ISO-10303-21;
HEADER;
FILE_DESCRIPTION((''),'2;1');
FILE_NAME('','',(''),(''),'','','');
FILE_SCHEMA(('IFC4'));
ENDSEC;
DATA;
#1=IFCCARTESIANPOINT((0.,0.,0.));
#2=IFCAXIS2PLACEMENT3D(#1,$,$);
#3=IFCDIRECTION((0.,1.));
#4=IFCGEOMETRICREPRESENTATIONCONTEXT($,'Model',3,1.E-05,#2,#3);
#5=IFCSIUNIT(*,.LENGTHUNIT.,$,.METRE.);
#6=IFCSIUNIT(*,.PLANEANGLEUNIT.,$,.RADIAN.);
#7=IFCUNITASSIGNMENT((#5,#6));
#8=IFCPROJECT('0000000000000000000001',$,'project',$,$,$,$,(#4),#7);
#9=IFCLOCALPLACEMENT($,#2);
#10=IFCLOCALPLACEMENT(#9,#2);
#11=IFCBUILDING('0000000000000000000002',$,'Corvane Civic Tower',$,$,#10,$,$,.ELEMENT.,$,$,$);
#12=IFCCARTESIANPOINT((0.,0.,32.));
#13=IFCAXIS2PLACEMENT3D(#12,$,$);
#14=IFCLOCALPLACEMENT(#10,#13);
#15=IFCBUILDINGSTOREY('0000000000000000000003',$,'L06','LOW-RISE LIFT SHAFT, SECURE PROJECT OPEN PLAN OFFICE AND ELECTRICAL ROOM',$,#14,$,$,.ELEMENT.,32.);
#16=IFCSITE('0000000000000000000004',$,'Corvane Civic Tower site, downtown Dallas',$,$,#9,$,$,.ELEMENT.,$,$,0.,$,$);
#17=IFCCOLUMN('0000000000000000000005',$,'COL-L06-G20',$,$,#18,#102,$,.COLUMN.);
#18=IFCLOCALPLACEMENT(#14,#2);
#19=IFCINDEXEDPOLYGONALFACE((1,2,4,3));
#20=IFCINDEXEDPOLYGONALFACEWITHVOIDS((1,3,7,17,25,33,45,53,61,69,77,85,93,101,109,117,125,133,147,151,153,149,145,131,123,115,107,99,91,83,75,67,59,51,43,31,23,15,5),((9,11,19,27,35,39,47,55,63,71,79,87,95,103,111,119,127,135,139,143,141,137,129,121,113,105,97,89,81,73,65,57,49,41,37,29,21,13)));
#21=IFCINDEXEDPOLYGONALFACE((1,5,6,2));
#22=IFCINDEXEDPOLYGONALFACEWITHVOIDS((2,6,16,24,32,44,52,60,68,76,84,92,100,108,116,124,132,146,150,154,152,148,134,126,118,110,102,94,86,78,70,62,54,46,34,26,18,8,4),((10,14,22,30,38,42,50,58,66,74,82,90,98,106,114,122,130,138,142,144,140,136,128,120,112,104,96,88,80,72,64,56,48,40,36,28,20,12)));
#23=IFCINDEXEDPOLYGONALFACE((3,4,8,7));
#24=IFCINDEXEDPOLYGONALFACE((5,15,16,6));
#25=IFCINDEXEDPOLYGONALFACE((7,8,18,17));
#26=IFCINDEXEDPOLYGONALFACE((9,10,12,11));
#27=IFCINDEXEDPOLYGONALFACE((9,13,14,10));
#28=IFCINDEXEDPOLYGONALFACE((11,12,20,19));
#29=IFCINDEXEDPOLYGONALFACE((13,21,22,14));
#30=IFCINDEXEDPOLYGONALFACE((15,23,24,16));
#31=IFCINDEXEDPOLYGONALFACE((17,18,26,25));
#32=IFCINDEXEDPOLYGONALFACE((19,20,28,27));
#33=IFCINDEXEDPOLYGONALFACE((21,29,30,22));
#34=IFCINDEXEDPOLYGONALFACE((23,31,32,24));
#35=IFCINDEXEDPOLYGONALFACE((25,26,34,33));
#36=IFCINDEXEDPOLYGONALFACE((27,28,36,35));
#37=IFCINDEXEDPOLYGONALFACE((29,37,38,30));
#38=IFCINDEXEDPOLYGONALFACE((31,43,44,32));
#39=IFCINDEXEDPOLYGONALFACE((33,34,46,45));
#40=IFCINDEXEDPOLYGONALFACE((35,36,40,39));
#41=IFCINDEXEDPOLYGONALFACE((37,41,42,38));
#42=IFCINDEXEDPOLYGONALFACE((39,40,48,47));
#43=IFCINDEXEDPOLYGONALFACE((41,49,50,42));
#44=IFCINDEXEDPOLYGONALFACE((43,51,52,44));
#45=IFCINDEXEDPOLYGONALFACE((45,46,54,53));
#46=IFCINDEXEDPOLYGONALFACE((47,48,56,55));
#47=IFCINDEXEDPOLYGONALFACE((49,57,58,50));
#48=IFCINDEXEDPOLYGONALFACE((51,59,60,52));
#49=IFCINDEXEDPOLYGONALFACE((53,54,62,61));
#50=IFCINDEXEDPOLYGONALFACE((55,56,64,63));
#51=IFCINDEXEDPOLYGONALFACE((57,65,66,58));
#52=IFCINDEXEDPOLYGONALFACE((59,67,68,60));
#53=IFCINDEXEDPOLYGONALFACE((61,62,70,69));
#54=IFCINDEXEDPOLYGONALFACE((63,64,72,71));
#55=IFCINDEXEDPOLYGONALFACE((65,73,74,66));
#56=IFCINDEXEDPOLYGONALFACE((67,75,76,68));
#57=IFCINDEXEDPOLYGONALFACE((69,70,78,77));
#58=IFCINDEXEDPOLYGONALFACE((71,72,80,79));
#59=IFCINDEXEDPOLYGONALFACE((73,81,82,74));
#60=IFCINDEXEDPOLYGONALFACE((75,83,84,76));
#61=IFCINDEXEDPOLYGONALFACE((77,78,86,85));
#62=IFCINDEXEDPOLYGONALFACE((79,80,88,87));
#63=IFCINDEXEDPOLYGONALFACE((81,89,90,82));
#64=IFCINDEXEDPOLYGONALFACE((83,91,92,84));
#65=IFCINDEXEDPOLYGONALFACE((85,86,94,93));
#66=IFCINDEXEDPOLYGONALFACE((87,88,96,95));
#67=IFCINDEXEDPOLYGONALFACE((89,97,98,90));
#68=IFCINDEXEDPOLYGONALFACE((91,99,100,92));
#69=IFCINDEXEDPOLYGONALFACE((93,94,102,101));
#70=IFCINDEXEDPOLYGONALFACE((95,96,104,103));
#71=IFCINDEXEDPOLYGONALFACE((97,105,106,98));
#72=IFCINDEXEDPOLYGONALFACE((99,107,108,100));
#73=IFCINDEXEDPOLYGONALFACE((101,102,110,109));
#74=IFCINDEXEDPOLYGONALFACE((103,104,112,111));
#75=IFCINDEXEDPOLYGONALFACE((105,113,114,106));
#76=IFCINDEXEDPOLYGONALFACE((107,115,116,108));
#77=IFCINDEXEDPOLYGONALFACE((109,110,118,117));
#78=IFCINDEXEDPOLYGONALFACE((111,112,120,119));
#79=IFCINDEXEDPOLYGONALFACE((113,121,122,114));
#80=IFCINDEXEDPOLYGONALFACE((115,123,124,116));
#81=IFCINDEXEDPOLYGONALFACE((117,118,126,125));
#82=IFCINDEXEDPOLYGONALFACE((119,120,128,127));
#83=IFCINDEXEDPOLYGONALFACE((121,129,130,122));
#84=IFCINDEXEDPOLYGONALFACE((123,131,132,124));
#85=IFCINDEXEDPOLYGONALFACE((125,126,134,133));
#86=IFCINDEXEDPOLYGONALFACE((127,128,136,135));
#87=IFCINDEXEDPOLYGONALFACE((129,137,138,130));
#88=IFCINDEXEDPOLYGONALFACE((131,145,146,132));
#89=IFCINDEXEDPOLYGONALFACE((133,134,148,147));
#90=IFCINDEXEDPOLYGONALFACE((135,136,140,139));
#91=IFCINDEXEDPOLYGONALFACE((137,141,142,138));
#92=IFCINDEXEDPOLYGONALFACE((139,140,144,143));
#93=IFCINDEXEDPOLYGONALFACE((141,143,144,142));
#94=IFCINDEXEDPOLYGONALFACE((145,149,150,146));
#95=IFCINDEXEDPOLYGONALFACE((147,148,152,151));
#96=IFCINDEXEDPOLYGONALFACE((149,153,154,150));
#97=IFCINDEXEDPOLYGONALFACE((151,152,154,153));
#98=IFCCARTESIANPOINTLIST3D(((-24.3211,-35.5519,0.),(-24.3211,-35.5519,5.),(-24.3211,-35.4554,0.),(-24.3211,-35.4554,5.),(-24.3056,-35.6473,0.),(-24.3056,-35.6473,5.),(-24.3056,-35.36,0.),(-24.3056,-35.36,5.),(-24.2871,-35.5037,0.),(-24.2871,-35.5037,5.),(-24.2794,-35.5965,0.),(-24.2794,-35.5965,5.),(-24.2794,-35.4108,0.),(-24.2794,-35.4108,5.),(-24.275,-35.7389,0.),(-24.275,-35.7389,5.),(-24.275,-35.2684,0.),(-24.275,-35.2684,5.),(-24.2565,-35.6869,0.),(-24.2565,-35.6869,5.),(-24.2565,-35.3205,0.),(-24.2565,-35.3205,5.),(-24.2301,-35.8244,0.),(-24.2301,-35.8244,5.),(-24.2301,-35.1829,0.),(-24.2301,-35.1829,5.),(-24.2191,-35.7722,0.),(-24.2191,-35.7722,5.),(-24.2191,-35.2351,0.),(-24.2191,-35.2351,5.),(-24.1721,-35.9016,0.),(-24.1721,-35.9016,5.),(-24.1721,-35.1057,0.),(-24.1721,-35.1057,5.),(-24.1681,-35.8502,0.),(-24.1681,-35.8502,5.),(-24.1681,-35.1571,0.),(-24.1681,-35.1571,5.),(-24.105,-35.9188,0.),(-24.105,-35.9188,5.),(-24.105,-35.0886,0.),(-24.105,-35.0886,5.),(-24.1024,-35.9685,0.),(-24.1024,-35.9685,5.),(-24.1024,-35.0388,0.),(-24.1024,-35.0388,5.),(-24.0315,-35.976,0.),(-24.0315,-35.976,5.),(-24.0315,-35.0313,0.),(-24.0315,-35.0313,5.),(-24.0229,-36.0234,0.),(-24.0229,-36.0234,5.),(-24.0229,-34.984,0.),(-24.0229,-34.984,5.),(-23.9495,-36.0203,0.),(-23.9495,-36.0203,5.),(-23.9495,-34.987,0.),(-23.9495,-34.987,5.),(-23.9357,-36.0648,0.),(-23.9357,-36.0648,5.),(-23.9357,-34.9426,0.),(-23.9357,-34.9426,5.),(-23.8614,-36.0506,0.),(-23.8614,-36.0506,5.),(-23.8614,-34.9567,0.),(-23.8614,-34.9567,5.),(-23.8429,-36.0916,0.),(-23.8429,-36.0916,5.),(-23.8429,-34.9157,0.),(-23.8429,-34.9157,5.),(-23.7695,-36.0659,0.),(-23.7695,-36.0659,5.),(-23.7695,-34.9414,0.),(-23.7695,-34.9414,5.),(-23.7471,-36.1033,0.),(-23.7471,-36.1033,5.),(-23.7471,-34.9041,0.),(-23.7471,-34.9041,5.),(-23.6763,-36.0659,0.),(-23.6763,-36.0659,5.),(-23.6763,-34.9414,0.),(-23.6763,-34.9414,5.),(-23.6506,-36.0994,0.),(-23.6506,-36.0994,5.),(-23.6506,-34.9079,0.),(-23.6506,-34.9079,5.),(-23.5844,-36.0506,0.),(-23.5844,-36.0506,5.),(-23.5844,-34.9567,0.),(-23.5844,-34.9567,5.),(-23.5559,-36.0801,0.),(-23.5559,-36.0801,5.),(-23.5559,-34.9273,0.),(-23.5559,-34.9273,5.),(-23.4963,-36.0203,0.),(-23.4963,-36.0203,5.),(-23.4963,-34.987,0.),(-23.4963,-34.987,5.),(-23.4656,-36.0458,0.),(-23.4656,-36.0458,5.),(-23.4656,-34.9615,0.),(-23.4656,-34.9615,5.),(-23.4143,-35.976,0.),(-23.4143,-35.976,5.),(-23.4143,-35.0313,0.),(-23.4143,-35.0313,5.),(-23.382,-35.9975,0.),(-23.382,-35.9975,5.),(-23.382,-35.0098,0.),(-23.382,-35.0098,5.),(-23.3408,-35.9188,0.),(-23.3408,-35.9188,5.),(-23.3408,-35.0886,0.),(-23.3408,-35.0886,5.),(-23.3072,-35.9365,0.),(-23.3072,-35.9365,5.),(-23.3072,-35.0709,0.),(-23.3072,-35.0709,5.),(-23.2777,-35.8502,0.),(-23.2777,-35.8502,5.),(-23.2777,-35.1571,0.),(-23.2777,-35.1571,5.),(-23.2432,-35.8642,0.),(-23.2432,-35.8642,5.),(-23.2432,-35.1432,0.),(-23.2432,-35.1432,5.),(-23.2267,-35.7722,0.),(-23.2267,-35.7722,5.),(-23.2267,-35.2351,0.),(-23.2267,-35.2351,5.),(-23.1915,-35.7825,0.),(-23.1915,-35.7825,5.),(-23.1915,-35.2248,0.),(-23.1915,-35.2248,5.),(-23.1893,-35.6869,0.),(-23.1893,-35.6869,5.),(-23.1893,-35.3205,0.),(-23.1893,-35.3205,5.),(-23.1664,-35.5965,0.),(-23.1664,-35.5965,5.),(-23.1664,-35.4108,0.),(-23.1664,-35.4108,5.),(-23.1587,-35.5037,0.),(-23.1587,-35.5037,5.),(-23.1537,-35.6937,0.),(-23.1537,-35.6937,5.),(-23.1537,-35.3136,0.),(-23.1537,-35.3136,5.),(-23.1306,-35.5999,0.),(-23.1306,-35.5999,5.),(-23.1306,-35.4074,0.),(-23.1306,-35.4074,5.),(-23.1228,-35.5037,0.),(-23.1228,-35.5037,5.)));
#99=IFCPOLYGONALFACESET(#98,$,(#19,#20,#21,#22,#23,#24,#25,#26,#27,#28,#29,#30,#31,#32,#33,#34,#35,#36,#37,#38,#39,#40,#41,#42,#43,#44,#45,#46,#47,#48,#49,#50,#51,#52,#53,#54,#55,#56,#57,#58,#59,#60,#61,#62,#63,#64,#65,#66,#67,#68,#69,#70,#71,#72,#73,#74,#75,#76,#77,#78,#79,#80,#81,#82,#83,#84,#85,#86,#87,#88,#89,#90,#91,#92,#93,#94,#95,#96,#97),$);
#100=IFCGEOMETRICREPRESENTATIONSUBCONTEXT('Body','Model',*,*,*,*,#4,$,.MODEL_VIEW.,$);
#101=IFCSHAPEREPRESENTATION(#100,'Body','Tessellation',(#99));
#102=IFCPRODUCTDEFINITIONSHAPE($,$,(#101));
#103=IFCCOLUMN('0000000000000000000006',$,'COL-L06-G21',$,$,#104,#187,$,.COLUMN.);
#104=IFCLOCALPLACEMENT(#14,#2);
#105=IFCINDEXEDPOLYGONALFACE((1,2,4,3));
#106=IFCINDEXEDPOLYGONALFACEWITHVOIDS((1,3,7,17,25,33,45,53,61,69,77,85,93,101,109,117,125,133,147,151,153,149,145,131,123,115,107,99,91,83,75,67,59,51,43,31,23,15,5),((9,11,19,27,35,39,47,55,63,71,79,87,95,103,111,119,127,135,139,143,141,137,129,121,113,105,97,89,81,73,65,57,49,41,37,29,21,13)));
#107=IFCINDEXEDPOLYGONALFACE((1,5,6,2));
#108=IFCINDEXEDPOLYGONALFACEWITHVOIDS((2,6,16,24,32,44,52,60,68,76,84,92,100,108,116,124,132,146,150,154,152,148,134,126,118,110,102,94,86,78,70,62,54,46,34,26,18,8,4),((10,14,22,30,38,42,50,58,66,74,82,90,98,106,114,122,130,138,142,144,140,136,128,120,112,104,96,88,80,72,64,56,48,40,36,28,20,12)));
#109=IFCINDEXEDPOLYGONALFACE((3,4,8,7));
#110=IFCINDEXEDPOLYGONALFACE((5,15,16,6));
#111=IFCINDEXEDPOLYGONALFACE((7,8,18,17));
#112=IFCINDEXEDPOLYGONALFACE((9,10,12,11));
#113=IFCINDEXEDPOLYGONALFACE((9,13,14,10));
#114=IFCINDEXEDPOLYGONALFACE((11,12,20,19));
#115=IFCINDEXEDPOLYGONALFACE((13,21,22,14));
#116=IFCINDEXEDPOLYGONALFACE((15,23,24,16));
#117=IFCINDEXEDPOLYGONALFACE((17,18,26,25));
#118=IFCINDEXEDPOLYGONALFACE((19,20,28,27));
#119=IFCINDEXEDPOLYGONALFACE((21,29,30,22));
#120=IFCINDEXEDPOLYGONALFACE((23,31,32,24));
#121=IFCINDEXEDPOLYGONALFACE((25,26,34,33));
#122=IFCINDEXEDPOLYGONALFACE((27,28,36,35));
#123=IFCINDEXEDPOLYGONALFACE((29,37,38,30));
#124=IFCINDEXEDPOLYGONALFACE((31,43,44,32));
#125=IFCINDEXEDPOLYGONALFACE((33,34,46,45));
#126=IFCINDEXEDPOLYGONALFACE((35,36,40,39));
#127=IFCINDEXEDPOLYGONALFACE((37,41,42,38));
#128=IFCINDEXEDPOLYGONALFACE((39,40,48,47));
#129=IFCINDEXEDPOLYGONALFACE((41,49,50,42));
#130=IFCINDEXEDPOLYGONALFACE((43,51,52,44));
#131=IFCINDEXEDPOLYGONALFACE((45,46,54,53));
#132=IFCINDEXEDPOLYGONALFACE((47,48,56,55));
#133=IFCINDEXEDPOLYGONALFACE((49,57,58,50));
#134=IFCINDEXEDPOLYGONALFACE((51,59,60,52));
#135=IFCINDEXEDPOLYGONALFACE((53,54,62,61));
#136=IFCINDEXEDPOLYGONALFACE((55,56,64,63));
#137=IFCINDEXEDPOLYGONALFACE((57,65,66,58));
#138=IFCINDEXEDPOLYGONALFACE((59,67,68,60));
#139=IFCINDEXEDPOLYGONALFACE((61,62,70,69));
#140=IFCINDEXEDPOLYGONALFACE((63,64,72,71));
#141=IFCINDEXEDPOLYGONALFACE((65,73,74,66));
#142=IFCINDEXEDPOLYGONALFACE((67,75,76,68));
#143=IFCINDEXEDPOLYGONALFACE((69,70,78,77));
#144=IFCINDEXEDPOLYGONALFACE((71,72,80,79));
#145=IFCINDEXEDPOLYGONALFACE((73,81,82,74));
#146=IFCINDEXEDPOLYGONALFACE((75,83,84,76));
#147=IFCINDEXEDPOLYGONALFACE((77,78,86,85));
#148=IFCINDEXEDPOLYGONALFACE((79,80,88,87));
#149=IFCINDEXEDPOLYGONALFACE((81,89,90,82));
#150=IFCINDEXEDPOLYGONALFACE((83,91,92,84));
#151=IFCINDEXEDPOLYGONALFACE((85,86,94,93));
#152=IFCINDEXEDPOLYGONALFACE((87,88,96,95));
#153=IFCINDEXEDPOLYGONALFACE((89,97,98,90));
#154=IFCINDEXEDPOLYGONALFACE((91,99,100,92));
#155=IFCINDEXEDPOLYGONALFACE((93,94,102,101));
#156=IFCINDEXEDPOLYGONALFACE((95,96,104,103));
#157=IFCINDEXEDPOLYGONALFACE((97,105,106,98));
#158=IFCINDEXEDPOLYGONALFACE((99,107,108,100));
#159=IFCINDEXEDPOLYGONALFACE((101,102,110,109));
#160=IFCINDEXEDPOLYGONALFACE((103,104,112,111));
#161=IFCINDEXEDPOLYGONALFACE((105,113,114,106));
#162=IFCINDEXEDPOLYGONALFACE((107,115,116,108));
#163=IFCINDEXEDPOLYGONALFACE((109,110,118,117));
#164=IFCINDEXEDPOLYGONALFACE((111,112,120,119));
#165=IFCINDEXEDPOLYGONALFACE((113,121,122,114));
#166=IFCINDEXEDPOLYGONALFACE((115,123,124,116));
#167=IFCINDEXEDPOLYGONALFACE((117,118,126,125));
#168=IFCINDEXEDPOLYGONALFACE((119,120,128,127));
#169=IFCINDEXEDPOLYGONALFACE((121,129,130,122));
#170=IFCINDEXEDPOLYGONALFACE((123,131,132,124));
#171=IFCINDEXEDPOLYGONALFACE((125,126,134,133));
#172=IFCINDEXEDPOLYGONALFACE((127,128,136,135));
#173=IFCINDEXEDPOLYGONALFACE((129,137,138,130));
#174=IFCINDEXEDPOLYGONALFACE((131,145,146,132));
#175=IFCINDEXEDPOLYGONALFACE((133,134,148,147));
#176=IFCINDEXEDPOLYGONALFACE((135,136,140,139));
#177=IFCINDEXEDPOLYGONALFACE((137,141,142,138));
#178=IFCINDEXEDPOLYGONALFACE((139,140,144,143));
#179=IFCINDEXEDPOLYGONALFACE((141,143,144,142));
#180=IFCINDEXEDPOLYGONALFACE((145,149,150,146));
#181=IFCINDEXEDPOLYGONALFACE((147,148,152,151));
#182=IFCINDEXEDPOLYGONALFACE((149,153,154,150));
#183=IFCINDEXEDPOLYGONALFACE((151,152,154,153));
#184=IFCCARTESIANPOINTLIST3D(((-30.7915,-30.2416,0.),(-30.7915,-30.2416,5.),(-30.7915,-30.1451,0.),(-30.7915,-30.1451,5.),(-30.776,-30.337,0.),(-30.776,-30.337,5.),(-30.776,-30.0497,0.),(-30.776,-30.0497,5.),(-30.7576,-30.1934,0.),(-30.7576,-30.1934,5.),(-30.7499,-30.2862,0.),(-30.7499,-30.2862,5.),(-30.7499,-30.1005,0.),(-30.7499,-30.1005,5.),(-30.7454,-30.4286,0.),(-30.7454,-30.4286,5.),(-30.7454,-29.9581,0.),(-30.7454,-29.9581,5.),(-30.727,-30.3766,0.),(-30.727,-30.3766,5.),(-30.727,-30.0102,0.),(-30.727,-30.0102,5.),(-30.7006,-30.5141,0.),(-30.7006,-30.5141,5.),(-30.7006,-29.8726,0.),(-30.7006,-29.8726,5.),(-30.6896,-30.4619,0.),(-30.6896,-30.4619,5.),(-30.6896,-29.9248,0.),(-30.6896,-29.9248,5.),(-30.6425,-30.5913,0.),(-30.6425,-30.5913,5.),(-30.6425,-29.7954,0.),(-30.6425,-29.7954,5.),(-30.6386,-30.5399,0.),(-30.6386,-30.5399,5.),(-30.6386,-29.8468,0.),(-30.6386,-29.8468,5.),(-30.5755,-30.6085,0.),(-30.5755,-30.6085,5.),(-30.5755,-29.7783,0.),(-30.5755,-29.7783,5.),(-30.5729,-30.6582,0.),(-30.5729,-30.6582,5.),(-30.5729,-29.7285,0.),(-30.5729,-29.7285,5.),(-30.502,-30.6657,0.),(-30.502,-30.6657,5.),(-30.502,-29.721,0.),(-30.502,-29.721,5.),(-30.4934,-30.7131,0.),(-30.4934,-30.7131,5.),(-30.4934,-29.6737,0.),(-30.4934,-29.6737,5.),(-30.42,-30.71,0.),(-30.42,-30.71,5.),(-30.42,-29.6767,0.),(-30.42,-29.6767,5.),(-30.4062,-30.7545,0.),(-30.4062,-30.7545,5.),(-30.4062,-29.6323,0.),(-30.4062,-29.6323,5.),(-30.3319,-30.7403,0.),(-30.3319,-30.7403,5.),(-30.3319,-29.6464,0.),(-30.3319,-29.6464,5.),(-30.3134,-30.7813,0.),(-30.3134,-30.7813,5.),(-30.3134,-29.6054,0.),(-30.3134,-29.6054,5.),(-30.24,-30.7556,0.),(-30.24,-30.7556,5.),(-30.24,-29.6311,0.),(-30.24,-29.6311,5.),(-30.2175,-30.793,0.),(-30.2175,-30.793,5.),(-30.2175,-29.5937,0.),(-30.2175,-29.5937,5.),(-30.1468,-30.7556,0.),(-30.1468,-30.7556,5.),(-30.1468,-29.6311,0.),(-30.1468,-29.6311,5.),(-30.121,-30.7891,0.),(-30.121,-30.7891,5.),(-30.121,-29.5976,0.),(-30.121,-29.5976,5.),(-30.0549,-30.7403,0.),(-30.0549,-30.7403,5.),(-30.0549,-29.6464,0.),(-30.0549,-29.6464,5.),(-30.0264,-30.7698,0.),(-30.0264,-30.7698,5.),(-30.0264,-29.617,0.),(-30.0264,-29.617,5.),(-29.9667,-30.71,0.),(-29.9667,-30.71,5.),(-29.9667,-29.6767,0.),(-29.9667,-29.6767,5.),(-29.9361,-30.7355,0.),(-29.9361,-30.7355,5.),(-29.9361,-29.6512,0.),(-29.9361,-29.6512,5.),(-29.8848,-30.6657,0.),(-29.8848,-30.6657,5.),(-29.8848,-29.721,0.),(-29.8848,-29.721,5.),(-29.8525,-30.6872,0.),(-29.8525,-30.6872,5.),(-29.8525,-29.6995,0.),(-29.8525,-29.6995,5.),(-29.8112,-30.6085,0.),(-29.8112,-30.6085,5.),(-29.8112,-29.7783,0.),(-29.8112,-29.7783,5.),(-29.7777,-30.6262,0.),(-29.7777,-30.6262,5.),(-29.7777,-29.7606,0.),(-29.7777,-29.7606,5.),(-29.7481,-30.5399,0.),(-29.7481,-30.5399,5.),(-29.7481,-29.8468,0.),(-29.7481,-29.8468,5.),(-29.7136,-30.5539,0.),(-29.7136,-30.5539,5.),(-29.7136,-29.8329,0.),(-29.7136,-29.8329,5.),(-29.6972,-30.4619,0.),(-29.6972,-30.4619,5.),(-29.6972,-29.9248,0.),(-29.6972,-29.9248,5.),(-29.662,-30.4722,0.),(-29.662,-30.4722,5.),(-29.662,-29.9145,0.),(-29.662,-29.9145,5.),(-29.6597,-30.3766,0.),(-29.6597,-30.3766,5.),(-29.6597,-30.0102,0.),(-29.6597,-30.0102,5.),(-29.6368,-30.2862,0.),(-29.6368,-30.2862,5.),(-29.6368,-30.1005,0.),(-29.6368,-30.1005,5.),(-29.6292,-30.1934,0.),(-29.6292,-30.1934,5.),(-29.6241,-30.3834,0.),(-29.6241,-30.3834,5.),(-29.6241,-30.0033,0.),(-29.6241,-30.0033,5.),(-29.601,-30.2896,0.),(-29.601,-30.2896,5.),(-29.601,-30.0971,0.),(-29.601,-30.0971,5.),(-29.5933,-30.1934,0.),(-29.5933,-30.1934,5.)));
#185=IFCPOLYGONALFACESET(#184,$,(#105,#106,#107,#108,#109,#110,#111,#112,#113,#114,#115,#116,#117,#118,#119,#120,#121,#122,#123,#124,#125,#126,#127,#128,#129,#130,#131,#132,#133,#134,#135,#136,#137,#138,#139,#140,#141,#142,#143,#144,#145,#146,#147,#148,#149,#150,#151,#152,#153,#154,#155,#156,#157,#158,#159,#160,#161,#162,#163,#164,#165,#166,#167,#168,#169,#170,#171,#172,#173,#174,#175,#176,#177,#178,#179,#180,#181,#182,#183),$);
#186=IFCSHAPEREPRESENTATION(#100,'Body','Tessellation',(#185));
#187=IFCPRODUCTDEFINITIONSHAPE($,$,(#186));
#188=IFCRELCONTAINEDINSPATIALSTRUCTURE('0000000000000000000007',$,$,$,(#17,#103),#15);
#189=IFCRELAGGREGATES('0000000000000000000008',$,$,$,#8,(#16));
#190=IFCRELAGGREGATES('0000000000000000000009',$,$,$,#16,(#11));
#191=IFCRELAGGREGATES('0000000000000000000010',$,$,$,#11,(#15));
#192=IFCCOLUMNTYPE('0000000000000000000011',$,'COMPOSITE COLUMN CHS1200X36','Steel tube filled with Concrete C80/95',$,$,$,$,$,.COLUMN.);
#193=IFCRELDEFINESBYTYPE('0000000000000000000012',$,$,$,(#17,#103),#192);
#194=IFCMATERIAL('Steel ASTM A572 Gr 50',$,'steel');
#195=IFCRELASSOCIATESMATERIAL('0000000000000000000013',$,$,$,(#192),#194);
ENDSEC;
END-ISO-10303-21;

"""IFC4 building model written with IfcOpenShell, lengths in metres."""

from ifc_helpers import new_model, si_unit, direction, frame, origin, origin_2d, place, context, subcontext, project, spatial, hollow_circle, extrude, material, material_profile, profile_set, type_object, element, save


model = new_model("IFC4")

# Units and contexts
model_context = context("Model", 3, precision=1e-05, world=origin(), true_north=direction((0.0, 1.0)))
body_context = subcontext(model_context, "Body", "Model", "MODEL_VIEW")
ifc_project = project(units=[si_unit("LENGTHUNIT", "METRE"), si_unit("PLANEANGLEUNIT", "RADIAN")], contexts=[model_context])

# Site, building, storey
site_placement = place(None, origin())
site = spatial("IfcSite", under=ifc_project, at=site_placement, Name="Corvane Civic Tower site, downtown Dallas", CompositionType="ELEMENT", RefElevation=0.0)
building_placement = place(site_placement, origin())
building = spatial("IfcBuilding", under=site, at=building_placement, Name="Corvane Civic Tower", CompositionType="ELEMENT")
storey_placement = place(building_placement, frame((0.0, 0.0, 32.0)))
storey = spatial("IfcBuildingStorey", under=building, at=storey_placement, Name="L06", Description="LOW-RISE LIFT SHAFT, SECURE PROJECT OPEN PLAN OFFICE AND ELECTRICAL ROOM", CompositionType="ELEMENT", Elevation=32.0)

# Columns
ifc_material_1 = material(Name="Steel ASTM A572 Gr 50", Category="steel")
ifc_material_profile_1 = material_profile(ifc_material_1, hollow_circle(Radius=0.6001, WallThickness=0.0359, at=origin_2d()), Name="CHS1200X36")
ifc_profile_set_1 = profile_set([ifc_material_profile_1], Name="Steel ASTM A572 Gr 50")
column_type_1 = type_object("IfcColumnType", Name="COMPOSITE COLUMN CHS1200X36", Description="Steel tube filled with Concrete C80/95", PredefinedType="COLUMN", material=ifc_profile_set_1)
for number, where, z_axis, x_axis, name in (
    (1, (-23.7229, -35.5037, 0.0), (0.0, 0.0, 1.0), (1.0, 0.0, 0.0), "COL-L06-G20"),
    (2, (-30.1934, -30.1934, 0.0), (0.0, 0.0, 1.0), (1.0, 0.0, 0.0), "COL-L06-G21"),
):
    element("IfcColumn", number, at=place(storey_placement, frame(where, z_axis=z_axis, x_axis=x_axis)), inside=storey, type_object=column_type_1, Name=name, PredefinedType="COLUMN", context=body_context, shape_type="SweptSolid", body=[
        extrude(hollow_circle(Radius=0.6001, WallThickness=0.0359, at=origin_2d()), origin(), (0.0, 0.0, 1.0), 5.0),
    ])

save(model, "model.ifc")
